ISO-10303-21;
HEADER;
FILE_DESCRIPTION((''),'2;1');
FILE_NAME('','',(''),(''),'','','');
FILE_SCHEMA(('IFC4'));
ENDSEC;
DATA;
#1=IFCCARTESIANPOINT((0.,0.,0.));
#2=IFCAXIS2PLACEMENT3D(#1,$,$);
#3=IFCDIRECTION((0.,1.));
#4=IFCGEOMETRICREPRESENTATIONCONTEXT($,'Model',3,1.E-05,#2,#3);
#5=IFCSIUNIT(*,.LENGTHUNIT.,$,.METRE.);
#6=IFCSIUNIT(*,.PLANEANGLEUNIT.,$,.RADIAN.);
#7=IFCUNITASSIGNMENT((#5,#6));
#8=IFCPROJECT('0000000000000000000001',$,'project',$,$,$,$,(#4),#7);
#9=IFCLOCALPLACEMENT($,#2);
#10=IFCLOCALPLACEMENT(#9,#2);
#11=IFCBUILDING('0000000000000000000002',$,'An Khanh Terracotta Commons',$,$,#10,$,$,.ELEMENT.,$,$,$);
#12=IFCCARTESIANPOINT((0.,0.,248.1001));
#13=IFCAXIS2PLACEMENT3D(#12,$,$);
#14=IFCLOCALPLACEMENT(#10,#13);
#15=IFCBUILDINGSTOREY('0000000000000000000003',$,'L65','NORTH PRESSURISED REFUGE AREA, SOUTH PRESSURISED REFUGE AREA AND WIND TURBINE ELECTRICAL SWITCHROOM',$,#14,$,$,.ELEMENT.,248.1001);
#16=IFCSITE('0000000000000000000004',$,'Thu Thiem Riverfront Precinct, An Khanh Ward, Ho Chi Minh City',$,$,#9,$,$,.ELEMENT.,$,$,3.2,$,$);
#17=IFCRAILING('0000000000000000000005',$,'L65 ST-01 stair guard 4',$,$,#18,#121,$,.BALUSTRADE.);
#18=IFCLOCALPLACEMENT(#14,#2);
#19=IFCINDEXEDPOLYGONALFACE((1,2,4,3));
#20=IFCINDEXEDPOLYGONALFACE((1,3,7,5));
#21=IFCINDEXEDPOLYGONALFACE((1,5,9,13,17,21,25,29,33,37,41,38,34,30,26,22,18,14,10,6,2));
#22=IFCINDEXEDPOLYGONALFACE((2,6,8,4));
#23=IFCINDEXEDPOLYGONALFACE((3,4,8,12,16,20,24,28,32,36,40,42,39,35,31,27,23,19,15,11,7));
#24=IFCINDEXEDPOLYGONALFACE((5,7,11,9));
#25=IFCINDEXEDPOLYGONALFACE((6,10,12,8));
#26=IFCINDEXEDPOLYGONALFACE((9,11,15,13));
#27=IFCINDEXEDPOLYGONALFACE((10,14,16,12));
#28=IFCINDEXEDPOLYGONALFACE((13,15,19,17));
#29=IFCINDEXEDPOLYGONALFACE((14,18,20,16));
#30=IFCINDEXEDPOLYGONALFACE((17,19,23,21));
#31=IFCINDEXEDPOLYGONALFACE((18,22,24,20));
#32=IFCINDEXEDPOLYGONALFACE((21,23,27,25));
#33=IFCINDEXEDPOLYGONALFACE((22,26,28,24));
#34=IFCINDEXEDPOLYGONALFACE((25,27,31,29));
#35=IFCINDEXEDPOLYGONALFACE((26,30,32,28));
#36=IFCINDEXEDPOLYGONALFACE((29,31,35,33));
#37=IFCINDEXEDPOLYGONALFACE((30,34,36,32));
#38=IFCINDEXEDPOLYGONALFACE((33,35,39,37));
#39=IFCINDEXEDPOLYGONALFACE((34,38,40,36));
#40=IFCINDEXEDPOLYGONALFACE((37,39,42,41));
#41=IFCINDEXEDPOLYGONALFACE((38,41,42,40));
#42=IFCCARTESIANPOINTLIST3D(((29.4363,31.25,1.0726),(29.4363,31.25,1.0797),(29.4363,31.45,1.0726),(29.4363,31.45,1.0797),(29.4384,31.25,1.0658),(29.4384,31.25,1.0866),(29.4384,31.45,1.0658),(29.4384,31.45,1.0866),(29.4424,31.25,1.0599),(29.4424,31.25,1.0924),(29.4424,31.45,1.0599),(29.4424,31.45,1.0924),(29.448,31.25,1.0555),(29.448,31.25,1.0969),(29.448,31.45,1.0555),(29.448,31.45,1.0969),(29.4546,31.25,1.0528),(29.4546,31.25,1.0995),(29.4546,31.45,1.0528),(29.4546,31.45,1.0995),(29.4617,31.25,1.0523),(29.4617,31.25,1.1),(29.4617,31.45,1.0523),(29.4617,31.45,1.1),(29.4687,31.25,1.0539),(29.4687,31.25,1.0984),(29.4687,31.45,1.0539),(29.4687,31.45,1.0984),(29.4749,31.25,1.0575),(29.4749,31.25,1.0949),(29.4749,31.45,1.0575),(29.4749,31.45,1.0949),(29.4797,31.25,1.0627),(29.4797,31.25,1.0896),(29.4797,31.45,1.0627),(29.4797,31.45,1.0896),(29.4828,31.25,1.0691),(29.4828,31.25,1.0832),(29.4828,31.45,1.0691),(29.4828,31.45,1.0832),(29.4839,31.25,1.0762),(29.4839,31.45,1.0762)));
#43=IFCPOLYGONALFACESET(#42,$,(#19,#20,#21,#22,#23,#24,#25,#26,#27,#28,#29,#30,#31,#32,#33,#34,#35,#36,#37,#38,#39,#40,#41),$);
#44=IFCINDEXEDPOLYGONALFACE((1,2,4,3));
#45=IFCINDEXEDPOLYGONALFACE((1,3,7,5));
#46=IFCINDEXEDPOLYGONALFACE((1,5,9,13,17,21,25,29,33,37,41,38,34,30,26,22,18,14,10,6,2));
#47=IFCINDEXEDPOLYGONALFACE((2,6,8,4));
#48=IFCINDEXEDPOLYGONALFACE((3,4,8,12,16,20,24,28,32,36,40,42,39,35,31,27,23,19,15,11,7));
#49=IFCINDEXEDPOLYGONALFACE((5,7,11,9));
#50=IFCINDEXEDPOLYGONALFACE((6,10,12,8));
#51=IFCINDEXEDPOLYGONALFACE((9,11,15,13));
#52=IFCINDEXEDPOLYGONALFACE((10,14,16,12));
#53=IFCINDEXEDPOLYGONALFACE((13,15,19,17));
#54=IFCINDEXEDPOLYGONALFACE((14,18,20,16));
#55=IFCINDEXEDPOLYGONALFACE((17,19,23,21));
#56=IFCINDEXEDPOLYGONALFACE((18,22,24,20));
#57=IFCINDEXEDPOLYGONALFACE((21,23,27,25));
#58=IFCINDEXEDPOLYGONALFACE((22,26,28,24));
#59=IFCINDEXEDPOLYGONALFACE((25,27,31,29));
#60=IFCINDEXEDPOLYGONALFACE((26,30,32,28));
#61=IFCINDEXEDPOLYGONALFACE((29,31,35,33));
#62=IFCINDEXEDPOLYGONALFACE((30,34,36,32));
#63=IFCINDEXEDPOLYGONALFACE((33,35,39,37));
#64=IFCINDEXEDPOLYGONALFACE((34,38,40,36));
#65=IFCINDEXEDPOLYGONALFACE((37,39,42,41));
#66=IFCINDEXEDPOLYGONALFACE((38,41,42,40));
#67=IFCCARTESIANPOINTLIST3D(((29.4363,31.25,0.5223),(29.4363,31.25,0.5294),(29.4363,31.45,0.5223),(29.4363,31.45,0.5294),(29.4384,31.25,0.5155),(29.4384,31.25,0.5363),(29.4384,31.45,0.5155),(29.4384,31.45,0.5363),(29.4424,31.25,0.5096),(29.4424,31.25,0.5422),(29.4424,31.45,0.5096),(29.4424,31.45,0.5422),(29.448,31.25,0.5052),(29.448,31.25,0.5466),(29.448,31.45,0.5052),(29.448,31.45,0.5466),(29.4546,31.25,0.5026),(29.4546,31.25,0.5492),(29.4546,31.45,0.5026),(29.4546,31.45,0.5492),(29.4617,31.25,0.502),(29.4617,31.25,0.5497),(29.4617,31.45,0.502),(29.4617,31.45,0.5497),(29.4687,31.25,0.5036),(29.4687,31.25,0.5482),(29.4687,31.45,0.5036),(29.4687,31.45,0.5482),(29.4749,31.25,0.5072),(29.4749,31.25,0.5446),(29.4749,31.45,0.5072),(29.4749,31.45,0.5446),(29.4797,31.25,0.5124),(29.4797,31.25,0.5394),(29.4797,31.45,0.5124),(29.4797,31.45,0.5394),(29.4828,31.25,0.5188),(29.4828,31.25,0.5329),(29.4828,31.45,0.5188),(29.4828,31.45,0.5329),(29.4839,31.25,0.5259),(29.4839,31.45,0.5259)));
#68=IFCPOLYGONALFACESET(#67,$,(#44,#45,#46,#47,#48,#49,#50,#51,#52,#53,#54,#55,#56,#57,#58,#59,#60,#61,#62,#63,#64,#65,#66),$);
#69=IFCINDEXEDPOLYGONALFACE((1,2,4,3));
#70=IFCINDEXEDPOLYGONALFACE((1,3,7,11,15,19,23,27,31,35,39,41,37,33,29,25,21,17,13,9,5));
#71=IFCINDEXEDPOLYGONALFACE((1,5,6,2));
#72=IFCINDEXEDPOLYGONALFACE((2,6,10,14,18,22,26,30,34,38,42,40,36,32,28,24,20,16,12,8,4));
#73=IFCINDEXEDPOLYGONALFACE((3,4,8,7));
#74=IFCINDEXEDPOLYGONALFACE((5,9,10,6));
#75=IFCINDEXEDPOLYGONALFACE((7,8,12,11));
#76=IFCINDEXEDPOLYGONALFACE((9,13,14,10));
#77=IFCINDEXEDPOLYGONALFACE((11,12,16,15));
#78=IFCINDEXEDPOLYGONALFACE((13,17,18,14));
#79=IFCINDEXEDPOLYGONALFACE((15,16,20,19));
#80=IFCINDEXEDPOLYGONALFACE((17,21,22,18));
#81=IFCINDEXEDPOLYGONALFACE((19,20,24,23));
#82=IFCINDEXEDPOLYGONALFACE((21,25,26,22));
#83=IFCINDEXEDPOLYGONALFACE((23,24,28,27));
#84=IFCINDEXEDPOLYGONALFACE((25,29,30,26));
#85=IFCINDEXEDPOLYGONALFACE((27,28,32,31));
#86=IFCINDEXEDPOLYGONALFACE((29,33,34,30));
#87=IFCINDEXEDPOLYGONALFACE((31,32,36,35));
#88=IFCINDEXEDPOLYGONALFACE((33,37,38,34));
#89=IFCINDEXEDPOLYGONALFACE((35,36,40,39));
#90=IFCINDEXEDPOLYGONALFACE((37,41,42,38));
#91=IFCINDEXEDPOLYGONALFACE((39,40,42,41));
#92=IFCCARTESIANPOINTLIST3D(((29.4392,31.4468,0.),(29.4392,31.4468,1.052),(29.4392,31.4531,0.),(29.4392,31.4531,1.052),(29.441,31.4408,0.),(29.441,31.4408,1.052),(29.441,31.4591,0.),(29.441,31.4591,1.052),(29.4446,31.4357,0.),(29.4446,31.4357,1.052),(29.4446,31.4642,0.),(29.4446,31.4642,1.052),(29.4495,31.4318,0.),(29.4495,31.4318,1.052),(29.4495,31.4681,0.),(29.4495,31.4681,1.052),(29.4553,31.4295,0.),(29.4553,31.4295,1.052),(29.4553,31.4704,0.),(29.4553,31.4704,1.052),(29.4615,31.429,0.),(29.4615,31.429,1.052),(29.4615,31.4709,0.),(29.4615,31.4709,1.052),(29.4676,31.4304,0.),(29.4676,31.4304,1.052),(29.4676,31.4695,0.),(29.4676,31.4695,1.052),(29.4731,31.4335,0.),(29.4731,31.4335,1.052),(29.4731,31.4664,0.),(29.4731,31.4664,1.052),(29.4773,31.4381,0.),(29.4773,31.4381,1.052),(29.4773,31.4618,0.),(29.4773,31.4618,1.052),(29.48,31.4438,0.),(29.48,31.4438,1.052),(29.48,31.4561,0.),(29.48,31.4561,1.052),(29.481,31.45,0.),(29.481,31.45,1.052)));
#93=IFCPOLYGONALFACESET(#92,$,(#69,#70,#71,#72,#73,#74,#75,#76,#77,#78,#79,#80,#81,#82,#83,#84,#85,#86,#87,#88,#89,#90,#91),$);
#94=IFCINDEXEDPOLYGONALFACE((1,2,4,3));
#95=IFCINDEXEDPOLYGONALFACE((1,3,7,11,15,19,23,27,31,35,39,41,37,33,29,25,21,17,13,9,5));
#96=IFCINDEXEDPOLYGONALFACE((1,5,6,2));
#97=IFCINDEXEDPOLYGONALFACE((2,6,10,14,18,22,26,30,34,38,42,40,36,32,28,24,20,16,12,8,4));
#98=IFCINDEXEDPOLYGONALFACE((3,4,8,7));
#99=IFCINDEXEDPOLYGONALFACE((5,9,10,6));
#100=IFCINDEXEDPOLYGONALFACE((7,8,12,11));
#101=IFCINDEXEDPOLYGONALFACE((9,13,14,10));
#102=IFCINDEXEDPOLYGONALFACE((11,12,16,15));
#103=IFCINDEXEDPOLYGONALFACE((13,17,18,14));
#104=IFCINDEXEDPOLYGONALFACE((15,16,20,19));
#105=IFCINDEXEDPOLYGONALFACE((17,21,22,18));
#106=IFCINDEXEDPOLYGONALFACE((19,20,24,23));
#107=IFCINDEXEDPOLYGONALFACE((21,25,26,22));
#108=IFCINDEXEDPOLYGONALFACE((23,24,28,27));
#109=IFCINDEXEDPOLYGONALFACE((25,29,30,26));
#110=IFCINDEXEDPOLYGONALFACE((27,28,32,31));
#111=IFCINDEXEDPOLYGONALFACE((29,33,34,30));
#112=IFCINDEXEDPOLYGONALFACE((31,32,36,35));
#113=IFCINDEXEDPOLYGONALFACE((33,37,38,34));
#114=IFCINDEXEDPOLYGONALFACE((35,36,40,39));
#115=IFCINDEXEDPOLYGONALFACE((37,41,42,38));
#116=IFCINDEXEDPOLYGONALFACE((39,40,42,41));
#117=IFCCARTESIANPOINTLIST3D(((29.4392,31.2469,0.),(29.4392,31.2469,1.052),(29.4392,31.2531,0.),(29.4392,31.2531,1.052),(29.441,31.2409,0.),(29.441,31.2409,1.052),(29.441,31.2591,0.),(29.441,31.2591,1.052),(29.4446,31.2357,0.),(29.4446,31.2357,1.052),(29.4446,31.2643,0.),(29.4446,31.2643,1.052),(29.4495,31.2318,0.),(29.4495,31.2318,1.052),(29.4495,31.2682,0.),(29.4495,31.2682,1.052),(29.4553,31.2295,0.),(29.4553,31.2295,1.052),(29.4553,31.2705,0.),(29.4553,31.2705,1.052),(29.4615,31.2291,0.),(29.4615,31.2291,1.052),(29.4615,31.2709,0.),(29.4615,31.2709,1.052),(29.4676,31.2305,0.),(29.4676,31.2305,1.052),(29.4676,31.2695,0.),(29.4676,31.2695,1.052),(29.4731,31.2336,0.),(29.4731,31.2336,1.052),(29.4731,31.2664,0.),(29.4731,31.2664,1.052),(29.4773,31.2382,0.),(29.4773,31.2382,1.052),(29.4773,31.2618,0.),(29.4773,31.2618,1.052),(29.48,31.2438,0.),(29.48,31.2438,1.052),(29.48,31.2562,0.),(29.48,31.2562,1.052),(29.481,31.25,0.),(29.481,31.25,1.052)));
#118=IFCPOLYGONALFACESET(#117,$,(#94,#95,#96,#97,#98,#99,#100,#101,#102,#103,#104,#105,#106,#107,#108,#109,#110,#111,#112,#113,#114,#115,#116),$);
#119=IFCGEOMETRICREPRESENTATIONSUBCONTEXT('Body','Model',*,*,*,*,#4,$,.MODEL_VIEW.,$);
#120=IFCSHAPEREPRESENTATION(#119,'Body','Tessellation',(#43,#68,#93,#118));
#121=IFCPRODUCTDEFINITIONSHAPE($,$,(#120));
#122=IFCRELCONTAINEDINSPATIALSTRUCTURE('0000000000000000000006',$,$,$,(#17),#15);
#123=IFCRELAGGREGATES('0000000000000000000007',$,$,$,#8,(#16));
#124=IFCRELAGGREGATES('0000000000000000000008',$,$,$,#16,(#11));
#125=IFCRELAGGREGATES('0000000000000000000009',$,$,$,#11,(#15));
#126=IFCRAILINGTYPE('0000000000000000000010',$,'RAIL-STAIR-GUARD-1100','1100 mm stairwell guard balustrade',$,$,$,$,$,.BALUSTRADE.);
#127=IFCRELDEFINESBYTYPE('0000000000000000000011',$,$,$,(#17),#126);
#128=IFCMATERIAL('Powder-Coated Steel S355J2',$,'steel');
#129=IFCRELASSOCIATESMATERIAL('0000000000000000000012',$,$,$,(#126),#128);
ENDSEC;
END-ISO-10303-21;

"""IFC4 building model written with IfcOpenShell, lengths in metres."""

from ifc_helpers import new_model, si_unit, direction, frame, origin, origin_2d, place, context, subcontext, project, spatial, circle, extrude, material, type_object, element, save


model = new_model("IFC4")

# Units and contexts
model_context = context("Model", 3, precision=1e-05, world=origin(), true_north=direction((0.0, 1.0)))
body_context = subcontext(model_context, "Body", "Model", "MODEL_VIEW")
ifc_project = project(units=[si_unit("LENGTHUNIT", "METRE"), si_unit("PLANEANGLEUNIT", "RADIAN")], contexts=[model_context])

# Site, building, storey
site_placement = place(None, origin())
site = spatial("IfcSite", under=ifc_project, at=site_placement, Name="Thu Thiem Riverfront Precinct, An Khanh Ward, Ho Chi Minh City", CompositionType="ELEMENT", RefElevation=3.2)
building_placement = place(site_placement, origin())
building = spatial("IfcBuilding", under=site, at=building_placement, Name="An Khanh Terracotta Commons", CompositionType="ELEMENT")
storey_placement = place(building_placement, frame((0.0, 0.0, 248.1001)))
storey = spatial("IfcBuildingStorey", under=building, at=storey_placement, Name="L65", Description="NORTH PRESSURISED REFUGE AREA, SOUTH PRESSURISED REFUGE AREA AND WIND TURBINE ELECTRICAL SWITCHROOM", CompositionType="ELEMENT", Elevation=248.1001)

# Railing
ifc_material_1 = material(Name="Powder-Coated Steel S355J2", Category="steel")
railing_type_1 = type_object("IfcRailingType", Name="RAIL-STAIR-GUARD-1100", Description="1100 mm stairwell guard balustrade", PredefinedType="BALUSTRADE", material=ifc_material_1)
railing_1_placement = place(storey_placement, frame((29.46, 31.45, 0.0)))
element("IfcRailing", 1, at=railing_1_placement, inside=storey, type_object=railing_type_1, Name="L65 ST-01 stair guard 4", PredefinedType="BALUSTRADE", context=body_context, shape_type="SweptSolid", body=[
    extrude(circle(Radius=0.0239, at=origin_2d()), frame((0.0, 0.0, 1.0762), z_axis=(0.0, -1.0, 0.0), x_axis=(1.0, 0.0, 0.0)), (0.0, 0.0, 1.0), 0.2),
    extrude(circle(Radius=0.0239, at=origin_2d()), frame((0.0, 0.0, 0.5259), z_axis=(0.0, -1.0, 0.0), x_axis=(1.0, 0.0, 0.0)), (0.0, 0.0, 1.0), 0.2),
    extrude(circle(Radius=0.021, at=origin_2d()), origin(), (0.0, 0.0, 1.0), 1.052),
    extrude(circle(Radius=0.021, at=origin_2d()), frame((0.0, -0.2, 0.0)), (0.0, 0.0, 1.0), 1.052),
])

save(model, "model.ifc")
